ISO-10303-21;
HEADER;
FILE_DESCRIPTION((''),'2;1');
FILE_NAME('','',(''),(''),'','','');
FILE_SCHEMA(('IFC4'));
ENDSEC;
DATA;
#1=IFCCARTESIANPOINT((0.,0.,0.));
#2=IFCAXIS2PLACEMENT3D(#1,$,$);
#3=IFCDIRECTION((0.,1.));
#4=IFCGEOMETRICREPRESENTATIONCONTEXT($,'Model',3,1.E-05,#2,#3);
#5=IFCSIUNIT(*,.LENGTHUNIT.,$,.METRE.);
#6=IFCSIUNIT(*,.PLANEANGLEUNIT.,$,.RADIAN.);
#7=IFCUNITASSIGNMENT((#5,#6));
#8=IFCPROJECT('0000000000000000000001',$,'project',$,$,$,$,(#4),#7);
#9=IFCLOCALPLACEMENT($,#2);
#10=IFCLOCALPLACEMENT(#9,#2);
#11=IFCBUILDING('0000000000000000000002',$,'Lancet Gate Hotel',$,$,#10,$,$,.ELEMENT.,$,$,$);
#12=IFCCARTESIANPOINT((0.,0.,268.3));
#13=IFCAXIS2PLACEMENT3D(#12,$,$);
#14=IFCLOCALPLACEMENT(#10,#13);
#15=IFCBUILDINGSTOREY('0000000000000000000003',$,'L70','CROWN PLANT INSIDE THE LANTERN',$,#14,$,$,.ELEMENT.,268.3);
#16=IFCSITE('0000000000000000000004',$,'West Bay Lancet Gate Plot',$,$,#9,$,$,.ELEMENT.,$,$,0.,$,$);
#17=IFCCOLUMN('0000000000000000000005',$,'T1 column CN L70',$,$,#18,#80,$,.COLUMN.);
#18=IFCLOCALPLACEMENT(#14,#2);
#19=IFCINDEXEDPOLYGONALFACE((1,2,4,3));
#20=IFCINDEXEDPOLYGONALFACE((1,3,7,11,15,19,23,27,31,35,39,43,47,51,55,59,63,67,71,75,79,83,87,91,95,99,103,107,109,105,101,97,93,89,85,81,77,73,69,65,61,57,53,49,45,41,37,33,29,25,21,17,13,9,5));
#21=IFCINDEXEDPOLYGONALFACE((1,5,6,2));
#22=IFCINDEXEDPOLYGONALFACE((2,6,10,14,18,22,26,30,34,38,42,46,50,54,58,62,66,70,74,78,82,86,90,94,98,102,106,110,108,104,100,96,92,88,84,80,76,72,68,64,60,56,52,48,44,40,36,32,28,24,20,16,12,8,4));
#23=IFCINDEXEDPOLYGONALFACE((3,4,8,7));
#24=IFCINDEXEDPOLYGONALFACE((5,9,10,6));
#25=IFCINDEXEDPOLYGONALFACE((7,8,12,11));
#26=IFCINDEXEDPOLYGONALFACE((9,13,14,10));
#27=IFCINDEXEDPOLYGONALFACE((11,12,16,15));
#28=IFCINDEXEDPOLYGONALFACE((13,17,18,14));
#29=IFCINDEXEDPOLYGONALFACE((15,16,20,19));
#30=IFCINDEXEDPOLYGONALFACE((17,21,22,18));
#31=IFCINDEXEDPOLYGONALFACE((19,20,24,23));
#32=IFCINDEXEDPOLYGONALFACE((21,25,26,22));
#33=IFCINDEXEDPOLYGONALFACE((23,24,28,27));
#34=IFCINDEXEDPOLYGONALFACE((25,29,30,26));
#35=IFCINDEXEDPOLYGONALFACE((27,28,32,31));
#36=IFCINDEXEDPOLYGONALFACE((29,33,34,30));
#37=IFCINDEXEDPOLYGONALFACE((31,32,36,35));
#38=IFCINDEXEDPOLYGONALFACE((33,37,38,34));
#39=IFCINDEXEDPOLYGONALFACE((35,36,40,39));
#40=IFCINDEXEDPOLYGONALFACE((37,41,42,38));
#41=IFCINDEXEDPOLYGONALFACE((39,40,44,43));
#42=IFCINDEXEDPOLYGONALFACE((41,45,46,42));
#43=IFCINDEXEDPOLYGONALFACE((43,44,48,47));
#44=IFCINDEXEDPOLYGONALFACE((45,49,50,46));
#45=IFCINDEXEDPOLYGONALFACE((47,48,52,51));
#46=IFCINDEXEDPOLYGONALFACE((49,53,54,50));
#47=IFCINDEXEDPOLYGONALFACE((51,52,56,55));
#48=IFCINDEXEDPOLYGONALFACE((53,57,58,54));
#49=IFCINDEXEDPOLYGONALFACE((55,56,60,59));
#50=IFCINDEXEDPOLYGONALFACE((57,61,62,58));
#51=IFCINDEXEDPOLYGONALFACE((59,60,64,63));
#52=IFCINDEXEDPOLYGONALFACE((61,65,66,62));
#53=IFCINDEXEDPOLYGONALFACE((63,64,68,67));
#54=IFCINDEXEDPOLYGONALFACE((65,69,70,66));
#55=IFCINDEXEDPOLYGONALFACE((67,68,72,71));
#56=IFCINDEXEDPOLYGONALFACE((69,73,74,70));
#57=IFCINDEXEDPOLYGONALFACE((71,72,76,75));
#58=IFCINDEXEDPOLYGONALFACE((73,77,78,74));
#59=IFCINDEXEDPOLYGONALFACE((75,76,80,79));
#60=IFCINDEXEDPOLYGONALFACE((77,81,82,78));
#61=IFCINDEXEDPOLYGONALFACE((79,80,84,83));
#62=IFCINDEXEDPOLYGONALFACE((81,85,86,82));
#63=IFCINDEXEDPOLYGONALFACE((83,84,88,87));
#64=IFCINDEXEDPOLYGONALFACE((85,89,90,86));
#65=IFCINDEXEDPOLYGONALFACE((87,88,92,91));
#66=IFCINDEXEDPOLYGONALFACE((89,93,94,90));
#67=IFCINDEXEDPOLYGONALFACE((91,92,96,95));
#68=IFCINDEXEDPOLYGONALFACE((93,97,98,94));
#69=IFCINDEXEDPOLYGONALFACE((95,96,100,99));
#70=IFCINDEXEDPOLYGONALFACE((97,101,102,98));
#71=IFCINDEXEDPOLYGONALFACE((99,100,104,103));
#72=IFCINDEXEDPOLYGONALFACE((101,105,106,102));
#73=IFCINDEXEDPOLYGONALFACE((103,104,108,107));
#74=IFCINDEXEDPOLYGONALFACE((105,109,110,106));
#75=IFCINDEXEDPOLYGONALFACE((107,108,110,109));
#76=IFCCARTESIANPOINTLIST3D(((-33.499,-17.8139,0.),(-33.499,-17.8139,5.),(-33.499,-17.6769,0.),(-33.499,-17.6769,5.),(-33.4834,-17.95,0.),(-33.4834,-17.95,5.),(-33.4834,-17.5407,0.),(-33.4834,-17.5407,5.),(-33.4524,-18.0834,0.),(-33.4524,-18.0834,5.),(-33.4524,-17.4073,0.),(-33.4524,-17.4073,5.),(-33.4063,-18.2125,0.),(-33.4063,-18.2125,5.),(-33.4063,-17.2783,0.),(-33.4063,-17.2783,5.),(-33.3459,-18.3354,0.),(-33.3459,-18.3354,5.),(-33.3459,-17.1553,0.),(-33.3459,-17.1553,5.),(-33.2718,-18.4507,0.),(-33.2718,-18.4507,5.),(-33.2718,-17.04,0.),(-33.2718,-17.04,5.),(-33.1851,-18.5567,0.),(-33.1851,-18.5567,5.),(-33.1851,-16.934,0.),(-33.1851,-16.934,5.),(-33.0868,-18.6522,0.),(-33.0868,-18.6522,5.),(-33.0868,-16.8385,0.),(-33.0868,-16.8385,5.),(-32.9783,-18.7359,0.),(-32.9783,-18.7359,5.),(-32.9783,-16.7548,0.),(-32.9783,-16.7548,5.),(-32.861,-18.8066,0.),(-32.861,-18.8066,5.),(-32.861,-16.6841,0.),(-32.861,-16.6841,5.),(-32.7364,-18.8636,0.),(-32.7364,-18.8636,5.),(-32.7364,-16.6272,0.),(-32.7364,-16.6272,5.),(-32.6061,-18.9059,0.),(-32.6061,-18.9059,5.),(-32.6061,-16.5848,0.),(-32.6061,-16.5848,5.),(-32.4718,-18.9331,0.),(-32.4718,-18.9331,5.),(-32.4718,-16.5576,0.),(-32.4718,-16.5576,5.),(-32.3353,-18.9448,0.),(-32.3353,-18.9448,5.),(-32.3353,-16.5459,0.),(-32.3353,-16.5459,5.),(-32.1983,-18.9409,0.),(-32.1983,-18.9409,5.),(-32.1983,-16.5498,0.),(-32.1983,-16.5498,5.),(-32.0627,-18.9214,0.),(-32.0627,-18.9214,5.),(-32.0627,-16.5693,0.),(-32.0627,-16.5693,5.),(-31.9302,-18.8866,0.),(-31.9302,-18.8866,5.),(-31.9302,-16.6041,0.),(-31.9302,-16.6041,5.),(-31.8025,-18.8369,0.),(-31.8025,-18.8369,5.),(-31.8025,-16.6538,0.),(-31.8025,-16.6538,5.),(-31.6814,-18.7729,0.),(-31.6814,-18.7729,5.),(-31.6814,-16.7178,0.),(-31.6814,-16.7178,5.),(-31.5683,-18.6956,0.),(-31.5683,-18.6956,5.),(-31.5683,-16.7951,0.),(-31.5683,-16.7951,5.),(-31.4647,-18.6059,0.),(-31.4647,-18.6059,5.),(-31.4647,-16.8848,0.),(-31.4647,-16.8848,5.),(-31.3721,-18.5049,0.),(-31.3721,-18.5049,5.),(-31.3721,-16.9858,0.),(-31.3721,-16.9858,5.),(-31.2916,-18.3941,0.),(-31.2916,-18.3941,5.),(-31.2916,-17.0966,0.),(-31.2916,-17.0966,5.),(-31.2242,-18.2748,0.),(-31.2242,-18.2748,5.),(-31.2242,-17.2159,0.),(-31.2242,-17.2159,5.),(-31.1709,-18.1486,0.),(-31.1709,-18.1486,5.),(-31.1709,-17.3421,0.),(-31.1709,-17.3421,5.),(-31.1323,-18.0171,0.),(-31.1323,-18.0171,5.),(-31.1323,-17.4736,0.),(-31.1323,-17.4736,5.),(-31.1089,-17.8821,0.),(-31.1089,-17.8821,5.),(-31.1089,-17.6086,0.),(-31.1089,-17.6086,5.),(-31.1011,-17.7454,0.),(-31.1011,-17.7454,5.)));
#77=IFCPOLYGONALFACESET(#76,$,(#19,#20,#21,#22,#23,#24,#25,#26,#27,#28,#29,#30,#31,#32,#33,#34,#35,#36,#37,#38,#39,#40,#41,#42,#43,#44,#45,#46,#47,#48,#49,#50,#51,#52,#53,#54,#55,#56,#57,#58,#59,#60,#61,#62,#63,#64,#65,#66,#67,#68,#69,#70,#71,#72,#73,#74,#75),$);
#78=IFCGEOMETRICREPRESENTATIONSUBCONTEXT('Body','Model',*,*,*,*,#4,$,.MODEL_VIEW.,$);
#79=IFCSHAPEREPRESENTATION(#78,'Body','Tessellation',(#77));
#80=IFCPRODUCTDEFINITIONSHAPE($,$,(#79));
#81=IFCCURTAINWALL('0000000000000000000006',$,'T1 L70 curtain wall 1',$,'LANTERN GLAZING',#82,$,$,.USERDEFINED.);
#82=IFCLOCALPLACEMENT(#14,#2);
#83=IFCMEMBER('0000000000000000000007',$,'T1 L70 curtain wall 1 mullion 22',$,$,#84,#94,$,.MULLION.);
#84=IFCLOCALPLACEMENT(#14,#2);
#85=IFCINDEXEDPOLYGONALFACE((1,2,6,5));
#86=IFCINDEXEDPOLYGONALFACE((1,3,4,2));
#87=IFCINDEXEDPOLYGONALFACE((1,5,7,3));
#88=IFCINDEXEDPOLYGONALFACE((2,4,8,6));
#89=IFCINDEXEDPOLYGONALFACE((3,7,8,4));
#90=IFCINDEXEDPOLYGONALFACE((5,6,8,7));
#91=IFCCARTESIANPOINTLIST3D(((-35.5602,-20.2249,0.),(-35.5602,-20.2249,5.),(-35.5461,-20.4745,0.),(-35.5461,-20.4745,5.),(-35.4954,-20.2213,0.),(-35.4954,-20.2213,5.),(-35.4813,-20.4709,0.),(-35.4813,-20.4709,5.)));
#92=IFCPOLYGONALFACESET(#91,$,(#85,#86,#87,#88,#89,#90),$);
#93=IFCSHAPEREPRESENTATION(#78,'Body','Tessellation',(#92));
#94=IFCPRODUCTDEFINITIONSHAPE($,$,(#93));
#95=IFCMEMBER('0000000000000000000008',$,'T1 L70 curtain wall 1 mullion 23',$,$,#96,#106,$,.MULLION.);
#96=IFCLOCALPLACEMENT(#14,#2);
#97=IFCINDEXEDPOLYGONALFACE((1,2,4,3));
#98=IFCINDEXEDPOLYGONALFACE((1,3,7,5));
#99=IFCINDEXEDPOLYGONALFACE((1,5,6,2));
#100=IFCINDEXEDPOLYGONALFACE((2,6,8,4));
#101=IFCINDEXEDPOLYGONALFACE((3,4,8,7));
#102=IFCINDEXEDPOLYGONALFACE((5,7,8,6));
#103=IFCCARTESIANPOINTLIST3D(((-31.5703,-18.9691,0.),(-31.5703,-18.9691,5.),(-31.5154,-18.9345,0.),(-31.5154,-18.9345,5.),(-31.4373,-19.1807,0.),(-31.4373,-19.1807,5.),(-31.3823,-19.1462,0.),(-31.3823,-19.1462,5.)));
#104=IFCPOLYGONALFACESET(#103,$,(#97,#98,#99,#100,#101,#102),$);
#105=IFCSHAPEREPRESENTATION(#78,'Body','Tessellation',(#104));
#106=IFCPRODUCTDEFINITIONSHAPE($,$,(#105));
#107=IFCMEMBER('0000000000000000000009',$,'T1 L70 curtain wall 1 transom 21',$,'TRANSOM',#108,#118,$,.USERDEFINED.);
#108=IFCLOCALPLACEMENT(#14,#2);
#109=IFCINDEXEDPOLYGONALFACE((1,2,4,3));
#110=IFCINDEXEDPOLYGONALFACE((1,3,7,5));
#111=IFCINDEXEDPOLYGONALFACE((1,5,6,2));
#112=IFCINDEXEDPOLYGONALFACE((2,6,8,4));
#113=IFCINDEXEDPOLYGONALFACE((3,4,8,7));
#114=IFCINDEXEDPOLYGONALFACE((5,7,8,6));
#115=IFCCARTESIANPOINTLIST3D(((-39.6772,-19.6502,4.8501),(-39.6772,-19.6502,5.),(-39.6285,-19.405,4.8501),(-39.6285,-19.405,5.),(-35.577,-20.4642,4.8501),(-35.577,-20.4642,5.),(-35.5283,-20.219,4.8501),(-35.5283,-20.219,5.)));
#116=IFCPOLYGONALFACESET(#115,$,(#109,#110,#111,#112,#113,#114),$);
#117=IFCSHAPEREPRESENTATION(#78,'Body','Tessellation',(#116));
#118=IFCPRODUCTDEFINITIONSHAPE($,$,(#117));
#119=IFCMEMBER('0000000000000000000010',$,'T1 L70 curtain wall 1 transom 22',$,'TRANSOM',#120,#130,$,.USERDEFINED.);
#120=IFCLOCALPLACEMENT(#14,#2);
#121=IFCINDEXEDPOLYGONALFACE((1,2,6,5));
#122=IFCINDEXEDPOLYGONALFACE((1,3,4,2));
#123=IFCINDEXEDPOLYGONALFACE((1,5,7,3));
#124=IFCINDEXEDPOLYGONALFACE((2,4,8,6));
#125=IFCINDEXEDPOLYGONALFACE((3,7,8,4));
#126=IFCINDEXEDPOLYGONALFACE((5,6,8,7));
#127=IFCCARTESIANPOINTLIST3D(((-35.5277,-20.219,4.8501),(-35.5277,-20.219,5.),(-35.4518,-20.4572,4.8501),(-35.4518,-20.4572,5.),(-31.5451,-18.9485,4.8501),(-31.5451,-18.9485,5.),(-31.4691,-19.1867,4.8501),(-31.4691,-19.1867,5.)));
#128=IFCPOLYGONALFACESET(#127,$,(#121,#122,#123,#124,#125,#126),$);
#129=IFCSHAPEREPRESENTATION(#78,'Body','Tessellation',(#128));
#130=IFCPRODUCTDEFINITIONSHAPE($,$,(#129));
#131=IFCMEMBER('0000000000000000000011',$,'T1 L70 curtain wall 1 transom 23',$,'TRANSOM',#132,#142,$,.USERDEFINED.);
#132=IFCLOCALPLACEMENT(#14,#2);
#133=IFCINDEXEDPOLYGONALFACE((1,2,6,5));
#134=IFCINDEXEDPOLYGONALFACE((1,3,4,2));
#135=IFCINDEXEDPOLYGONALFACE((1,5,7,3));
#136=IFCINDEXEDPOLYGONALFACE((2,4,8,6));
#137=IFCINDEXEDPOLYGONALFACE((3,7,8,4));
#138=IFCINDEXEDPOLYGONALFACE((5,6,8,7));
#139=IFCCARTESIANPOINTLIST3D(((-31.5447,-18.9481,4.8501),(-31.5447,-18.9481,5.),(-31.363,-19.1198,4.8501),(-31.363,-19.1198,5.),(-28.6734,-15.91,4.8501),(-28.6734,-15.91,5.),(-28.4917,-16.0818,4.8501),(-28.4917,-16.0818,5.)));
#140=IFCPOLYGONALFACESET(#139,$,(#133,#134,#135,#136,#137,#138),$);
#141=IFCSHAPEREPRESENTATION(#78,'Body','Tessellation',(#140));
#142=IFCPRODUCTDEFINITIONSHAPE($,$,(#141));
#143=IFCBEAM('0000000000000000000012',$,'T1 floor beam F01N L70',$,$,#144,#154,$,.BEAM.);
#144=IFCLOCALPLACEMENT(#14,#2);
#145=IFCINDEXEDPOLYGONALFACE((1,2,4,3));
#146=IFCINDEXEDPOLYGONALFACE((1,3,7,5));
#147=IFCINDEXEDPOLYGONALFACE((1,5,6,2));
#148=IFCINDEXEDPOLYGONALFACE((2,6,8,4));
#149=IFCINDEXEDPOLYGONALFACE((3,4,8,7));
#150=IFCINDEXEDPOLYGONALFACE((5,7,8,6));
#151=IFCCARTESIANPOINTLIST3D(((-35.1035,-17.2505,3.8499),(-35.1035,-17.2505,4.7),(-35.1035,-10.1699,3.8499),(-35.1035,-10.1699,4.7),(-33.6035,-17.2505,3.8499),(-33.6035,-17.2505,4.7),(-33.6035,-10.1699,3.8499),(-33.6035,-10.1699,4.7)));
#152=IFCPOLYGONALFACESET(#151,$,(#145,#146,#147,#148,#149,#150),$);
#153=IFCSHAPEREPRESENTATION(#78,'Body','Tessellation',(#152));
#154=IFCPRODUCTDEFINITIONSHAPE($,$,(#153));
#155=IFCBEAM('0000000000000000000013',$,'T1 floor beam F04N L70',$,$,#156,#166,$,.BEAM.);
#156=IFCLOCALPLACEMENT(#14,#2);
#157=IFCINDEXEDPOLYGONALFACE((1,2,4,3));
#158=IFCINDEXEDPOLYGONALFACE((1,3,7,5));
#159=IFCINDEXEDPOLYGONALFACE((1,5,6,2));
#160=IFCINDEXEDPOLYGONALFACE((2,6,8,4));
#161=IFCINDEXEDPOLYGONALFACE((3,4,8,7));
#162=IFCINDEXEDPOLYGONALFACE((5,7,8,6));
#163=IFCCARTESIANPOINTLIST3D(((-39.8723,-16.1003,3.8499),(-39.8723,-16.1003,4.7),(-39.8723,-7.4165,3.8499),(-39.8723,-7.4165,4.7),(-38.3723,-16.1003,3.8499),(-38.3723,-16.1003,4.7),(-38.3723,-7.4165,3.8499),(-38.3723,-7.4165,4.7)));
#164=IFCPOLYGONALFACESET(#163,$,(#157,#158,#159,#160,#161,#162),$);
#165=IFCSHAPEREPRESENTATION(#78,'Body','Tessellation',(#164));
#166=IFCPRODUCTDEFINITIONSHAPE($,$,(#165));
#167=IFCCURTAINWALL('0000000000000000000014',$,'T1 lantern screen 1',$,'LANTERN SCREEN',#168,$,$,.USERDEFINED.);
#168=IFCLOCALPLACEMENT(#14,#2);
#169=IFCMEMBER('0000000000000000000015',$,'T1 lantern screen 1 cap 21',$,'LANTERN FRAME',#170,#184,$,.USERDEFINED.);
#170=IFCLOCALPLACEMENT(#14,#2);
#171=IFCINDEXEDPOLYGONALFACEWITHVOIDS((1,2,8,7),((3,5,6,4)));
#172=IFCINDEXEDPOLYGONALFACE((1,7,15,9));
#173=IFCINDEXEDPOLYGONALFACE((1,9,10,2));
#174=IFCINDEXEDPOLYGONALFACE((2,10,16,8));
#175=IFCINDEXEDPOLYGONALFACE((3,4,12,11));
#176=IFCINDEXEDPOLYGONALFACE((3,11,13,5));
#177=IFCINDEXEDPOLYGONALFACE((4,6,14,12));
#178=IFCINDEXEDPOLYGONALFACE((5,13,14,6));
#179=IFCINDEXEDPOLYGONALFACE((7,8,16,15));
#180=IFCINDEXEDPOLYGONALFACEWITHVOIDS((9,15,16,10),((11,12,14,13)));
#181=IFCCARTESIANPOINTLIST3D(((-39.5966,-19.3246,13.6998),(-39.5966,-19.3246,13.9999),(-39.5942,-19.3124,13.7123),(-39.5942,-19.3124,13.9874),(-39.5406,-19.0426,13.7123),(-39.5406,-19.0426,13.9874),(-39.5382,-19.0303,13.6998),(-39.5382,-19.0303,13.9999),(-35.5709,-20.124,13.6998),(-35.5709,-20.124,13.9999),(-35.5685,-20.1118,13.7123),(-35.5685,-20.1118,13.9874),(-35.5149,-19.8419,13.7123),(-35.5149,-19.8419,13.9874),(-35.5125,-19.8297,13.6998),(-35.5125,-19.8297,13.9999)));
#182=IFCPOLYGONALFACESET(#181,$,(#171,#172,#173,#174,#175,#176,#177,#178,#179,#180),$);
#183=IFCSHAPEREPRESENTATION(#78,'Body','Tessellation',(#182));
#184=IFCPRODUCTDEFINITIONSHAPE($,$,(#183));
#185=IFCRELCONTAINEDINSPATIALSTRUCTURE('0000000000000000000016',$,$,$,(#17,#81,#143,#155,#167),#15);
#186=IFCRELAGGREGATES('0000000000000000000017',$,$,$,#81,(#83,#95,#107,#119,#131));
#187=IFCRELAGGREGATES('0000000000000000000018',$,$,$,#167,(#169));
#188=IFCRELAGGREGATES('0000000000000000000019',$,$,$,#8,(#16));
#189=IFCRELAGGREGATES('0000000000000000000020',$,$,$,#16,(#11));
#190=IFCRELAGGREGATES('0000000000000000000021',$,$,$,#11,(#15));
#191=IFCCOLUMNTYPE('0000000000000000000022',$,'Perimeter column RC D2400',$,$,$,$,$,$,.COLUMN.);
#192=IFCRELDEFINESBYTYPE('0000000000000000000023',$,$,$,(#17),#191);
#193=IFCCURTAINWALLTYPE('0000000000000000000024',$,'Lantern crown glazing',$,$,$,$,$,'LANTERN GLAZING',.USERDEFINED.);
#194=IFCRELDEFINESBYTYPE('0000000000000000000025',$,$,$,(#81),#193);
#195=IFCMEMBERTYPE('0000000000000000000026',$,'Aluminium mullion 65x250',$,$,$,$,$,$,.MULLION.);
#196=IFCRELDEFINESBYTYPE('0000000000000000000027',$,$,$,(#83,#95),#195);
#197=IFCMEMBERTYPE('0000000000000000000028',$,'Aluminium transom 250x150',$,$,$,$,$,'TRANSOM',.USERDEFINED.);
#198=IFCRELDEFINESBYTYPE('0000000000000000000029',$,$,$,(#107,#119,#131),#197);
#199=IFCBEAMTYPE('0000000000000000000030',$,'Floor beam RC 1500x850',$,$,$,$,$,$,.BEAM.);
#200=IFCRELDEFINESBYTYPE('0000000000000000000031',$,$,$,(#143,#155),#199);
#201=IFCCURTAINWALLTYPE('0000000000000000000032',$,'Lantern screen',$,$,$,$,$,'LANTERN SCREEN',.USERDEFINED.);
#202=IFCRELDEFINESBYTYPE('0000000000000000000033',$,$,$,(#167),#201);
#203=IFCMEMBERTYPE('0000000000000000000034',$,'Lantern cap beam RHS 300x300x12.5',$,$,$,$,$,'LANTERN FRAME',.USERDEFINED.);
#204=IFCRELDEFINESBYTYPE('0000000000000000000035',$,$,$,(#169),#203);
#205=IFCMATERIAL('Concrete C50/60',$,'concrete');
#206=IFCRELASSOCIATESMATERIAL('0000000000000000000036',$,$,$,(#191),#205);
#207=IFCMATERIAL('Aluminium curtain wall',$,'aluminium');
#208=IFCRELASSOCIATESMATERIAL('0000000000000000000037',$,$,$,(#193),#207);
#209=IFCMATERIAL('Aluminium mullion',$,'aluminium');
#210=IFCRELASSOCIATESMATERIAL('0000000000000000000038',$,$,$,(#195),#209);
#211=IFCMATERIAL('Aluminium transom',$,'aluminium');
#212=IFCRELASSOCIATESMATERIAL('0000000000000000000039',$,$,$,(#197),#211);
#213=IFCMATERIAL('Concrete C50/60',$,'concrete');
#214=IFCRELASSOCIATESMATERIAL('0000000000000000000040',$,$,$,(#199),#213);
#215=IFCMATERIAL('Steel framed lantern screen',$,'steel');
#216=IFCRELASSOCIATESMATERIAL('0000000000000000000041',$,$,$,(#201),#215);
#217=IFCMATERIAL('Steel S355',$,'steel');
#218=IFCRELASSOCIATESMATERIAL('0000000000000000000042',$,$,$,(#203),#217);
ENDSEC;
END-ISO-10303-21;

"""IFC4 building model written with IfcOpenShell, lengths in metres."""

from ifc_helpers import new_model, si_unit, direction, frame, origin, origin_2d, place, context, subcontext, project, spatial, rectangle, hollow_rectangle, circle, extrude, material, material_profile, profile_set, type_object, element, aggregate, save


model = new_model("IFC4")

# Units and contexts
model_context = context("Model", 3, precision=1e-05, world=origin(), true_north=direction((0.0, 1.0)))
body_context = subcontext(model_context, "Body", "Model", "MODEL_VIEW")
ifc_project = project(units=[si_unit("LENGTHUNIT", "METRE"), si_unit("PLANEANGLEUNIT", "RADIAN")], contexts=[model_context])

# Site, building, storey
site_placement = place(None, origin())
site = spatial("IfcSite", under=ifc_project, at=site_placement, Name="West Bay Lancet Gate Plot", CompositionType="ELEMENT", RefElevation=0.0)
building_placement = place(site_placement, origin())
building = spatial("IfcBuilding", under=site, at=building_placement, Name="Lancet Gate Hotel", CompositionType="ELEMENT")
storey_placement = place(building_placement, frame((0.0, 0.0, 268.3)))
storey = spatial("IfcBuildingStorey", under=building, at=storey_placement, Name="L70", Description="CROWN PLANT INSIDE THE LANTERN", CompositionType="ELEMENT", Elevation=268.3)

# Column
ifc_material_1 = material(Name="Concrete C50/60", Category="concrete")
ifc_material_profile_1 = material_profile(ifc_material_1, circle(Radius=1.2, at=origin_2d()), Name="RC D2400")
ifc_profile_set_1 = profile_set([ifc_material_profile_1], Name="Concrete C50/60")
column_type = type_object("IfcColumnType", Name="Perimeter column RC D2400", PredefinedType="COLUMN", material=ifc_profile_set_1)
column_placement = place(storey_placement, frame((-32.301, -17.7454, 0.0), z_axis=(0.0, 0.0, 1.0), x_axis=(1.0, 0.0, 0.0)))
element("IfcColumn", 1, at=column_placement, inside=storey, type_object=column_type, Name="T1 column CN L70", PredefinedType="COLUMN", context=body_context, shape_type="SweptSolid", body=[
    extrude(circle(Radius=1.2, at=origin_2d()), origin(), (0.0, 0.0, 1.0), 5.0),
])

# Curtain wall, members
ifc_material_2 = material(Name="Aluminium curtain wall", Category="aluminium")
curtain_wall_type_1 = type_object("IfcCurtainWallType", Name="Lantern crown glazing", ElementType="LANTERN GLAZING", PredefinedType="USERDEFINED", material=ifc_material_2)
curtain_wall_1_placement = place(storey_placement, origin())
curtain_wall_1 = element("IfcCurtainWall", 2, at=curtain_wall_1_placement, inside=storey, type_object=curtain_wall_type_1, Name="T1 L70 curtain wall 1", ObjectType="LANTERN GLAZING", PredefinedType="USERDEFINED")
ifc_material_3 = material(Name="Aluminium mullion", Category="aluminium")
ifc_material_profile_2 = material_profile(ifc_material_3, rectangle(XDim=0.0649, YDim=0.25, at=origin_2d()), Name="MULLION 65x250")
ifc_profile_set_2 = profile_set([ifc_material_profile_2], Name="Aluminium mullion")
member_type_1 = type_object("IfcMemberType", Name="Aluminium mullion 65x250", PredefinedType="MULLION", material=ifc_profile_set_2)
member_1_placement = place(storey_placement, frame((-35.5208, -20.3479, 0.0), z_axis=(0.0, 0.0, 1.0), x_axis=(0.998409, 0.056384, 0.0)))
member_1 = element("IfcMember", 3, at=member_1_placement, type_object=member_type_1, Name="T1 L70 curtain wall 1 mullion 22", PredefinedType="MULLION", context=body_context, shape_type="SweptSolid", body=[
    extrude(rectangle(XDim=0.0649, YDim=0.25, at=origin_2d()), origin(), (0.0, 0.0, 1.0), 5.0),
])
member_2_placement = place(storey_placement, frame((-31.4763, -19.0576, 0.0), z_axis=(0.0, 0.0, 1.0), x_axis=(0.846613, 0.532209, 0.0)))
member_2 = element("IfcMember", 4, at=member_2_placement, type_object=member_type_1, Name="T1 L70 curtain wall 1 mullion 23", PredefinedType="MULLION", context=body_context, shape_type="SweptSolid", body=[
    extrude(rectangle(XDim=0.0649, YDim=0.25, at=origin_2d()), origin(), (0.0, 0.0, 1.0), 5.0),
])
ifc_material_4 = material(Name="Aluminium transom", Category="aluminium")
ifc_material_profile_3 = material_profile(ifc_material_4, rectangle(XDim=0.25, YDim=0.1499, at=origin_2d()), Name="TRANSOM 250x150")
ifc_profile_set_3 = profile_set([ifc_material_profile_3], Name="Aluminium transom")
member_type_2 = type_object("IfcMemberType", Name="Aluminium transom 250x150", ElementType="TRANSOM", PredefinedType="USERDEFINED", material=ifc_profile_set_3)
member_3_placement = place(storey_placement, frame((-39.6528, -19.5276, 4.925), z_axis=(0.980858, -0.194723, 0.0), x_axis=(0.194723, 0.980858, 0.0)))
member_3 = element("IfcMember", 5, at=member_3_placement, type_object=member_type_2, Name="T1 L70 curtain wall 1 transom 21", ObjectType="TRANSOM", PredefinedType="USERDEFINED", context=body_context, shape_type="SweptSolid", body=[
    extrude(rectangle(XDim=0.25, YDim=0.1499, at=origin_2d()), origin(), (0.0, 0.0, 1.0), 4.1802),
])
member_4_placement = place(storey_placement, frame((-35.4897, -20.3381, 4.925), z_axis=(0.952698, 0.30392, 0.0), x_axis=(-0.30392, 0.952698, 0.0)))
member_4 = element("IfcMember", 6, at=member_4_placement, type_object=member_type_2, Name="T1 L70 curtain wall 1 transom 22", ObjectType="TRANSOM", PredefinedType="USERDEFINED", context=body_context, shape_type="SweptSolid", body=[
    extrude(rectangle(XDim=0.25, YDim=0.1499, at=origin_2d()), origin(), (0.0, 0.0, 1.0), 4.1804),
])
member_5_placement = place(storey_placement, frame((-31.4539, -19.0339, 4.925), z_axis=(0.686881, 0.72677, 0.0), x_axis=(-0.72677, 0.686881, 0.0)))
member_5 = element("IfcMember", 7, at=member_5_placement, type_object=member_type_2, Name="T1 L70 curtain wall 1 transom 23", ObjectType="TRANSOM", PredefinedType="USERDEFINED", context=body_context, shape_type="SweptSolid", body=[
    extrude(rectangle(XDim=0.25, YDim=0.1499, at=origin_2d()), origin(), (0.0, 0.0, 1.0), 4.1802),
])

# Beams
ifc_material_5 = material(Name="Concrete C50/60", Category="concrete")
ifc_material_profile_4 = material_profile(ifc_material_5, rectangle(XDim=1.5, YDim=0.8501, at=origin_2d()), Name="RC 1500x850")
ifc_profile_set_4 = profile_set([ifc_material_profile_4], Name="Concrete C50/60")
beam_type_1 = type_object("IfcBeamType", Name="Floor beam RC 1500x850", PredefinedType="BEAM", material=ifc_profile_set_4)
beam_1_placement = place(storey_placement, frame((-34.3535, -10.1699, 4.2749), z_axis=(0.0, -1.0, 0.0), x_axis=(1.0, 0.0, 0.0)))
element("IfcBeam", 8, at=beam_1_placement, inside=storey, type_object=beam_type_1, Name="T1 floor beam F01N L70", PredefinedType="BEAM", context=body_context, shape_type="SweptSolid", body=[
    extrude(rectangle(XDim=1.5, YDim=0.8501, at=origin_2d()), origin(), (0.0, 0.0, 1.0), 7.0806),
])
beam_2_placement = place(storey_placement, frame((-39.1223, -7.4165, 4.2749), z_axis=(0.0, -1.0, 0.0), x_axis=(1.0, 0.0, 0.0)))
element("IfcBeam", 9, at=beam_2_placement, inside=storey, type_object=beam_type_1, Name="T1 floor beam F04N L70", PredefinedType="BEAM", context=body_context, shape_type="SweptSolid", body=[
    extrude(rectangle(XDim=1.5, YDim=0.8501, at=origin_2d()), origin(), (0.0, 0.0, 1.0), 8.6838),
])

# Curtain wall, member
ifc_material_6 = material(Name="Steel framed lantern screen", Category="steel")
curtain_wall_type_2 = type_object("IfcCurtainWallType", Name="Lantern screen", ElementType="LANTERN SCREEN", PredefinedType="USERDEFINED", material=ifc_material_6)
curtain_wall_2_placement = place(storey_placement, origin())
curtain_wall_2 = element("IfcCurtainWall", 10, at=curtain_wall_2_placement, inside=storey, type_object=curtain_wall_type_2, Name="T1 lantern screen 1", ObjectType="LANTERN SCREEN", PredefinedType="USERDEFINED")
ifc_material_7 = material(Name="Steel S355", Category="steel")
ifc_material_profile_5 = material_profile(ifc_material_7, hollow_rectangle(XDim=0.3, YDim=0.3, WallThickness=0.0125, at=origin_2d()), Name="RHS 300x300x12.5")
ifc_profile_set_5 = profile_set([ifc_material_profile_5], Name="Steel S355")
member_type_3 = type_object("IfcMemberType", Name="Lantern cap beam RHS 300x300x12.5", ElementType="LANTERN FRAME", PredefinedType="USERDEFINED", material=ifc_profile_set_5)
member_6_placement = place(storey_placement, frame((-39.5674, -19.1775, 13.8499), z_axis=(0.980852, -0.194755, 0.0), x_axis=(0.194755, 0.980852, 0.0)))
member_6 = element("IfcMember", 11, at=member_6_placement, type_object=member_type_3, Name="T1 lantern screen 1 cap 21", ObjectType="LANTERN FRAME", PredefinedType="USERDEFINED", context=body_context, shape_type="SweptSolid", body=[
    extrude(hollow_rectangle(XDim=0.3, YDim=0.3, WallThickness=0.0125, at=origin_2d()), origin(), (0.0, 0.0, 1.0), 4.1042),
])

aggregate(curtain_wall_1, [member_1, member_2, member_3, member_4, member_5])
aggregate(curtain_wall_2, [member_6])

save(model, "model.ifc")
